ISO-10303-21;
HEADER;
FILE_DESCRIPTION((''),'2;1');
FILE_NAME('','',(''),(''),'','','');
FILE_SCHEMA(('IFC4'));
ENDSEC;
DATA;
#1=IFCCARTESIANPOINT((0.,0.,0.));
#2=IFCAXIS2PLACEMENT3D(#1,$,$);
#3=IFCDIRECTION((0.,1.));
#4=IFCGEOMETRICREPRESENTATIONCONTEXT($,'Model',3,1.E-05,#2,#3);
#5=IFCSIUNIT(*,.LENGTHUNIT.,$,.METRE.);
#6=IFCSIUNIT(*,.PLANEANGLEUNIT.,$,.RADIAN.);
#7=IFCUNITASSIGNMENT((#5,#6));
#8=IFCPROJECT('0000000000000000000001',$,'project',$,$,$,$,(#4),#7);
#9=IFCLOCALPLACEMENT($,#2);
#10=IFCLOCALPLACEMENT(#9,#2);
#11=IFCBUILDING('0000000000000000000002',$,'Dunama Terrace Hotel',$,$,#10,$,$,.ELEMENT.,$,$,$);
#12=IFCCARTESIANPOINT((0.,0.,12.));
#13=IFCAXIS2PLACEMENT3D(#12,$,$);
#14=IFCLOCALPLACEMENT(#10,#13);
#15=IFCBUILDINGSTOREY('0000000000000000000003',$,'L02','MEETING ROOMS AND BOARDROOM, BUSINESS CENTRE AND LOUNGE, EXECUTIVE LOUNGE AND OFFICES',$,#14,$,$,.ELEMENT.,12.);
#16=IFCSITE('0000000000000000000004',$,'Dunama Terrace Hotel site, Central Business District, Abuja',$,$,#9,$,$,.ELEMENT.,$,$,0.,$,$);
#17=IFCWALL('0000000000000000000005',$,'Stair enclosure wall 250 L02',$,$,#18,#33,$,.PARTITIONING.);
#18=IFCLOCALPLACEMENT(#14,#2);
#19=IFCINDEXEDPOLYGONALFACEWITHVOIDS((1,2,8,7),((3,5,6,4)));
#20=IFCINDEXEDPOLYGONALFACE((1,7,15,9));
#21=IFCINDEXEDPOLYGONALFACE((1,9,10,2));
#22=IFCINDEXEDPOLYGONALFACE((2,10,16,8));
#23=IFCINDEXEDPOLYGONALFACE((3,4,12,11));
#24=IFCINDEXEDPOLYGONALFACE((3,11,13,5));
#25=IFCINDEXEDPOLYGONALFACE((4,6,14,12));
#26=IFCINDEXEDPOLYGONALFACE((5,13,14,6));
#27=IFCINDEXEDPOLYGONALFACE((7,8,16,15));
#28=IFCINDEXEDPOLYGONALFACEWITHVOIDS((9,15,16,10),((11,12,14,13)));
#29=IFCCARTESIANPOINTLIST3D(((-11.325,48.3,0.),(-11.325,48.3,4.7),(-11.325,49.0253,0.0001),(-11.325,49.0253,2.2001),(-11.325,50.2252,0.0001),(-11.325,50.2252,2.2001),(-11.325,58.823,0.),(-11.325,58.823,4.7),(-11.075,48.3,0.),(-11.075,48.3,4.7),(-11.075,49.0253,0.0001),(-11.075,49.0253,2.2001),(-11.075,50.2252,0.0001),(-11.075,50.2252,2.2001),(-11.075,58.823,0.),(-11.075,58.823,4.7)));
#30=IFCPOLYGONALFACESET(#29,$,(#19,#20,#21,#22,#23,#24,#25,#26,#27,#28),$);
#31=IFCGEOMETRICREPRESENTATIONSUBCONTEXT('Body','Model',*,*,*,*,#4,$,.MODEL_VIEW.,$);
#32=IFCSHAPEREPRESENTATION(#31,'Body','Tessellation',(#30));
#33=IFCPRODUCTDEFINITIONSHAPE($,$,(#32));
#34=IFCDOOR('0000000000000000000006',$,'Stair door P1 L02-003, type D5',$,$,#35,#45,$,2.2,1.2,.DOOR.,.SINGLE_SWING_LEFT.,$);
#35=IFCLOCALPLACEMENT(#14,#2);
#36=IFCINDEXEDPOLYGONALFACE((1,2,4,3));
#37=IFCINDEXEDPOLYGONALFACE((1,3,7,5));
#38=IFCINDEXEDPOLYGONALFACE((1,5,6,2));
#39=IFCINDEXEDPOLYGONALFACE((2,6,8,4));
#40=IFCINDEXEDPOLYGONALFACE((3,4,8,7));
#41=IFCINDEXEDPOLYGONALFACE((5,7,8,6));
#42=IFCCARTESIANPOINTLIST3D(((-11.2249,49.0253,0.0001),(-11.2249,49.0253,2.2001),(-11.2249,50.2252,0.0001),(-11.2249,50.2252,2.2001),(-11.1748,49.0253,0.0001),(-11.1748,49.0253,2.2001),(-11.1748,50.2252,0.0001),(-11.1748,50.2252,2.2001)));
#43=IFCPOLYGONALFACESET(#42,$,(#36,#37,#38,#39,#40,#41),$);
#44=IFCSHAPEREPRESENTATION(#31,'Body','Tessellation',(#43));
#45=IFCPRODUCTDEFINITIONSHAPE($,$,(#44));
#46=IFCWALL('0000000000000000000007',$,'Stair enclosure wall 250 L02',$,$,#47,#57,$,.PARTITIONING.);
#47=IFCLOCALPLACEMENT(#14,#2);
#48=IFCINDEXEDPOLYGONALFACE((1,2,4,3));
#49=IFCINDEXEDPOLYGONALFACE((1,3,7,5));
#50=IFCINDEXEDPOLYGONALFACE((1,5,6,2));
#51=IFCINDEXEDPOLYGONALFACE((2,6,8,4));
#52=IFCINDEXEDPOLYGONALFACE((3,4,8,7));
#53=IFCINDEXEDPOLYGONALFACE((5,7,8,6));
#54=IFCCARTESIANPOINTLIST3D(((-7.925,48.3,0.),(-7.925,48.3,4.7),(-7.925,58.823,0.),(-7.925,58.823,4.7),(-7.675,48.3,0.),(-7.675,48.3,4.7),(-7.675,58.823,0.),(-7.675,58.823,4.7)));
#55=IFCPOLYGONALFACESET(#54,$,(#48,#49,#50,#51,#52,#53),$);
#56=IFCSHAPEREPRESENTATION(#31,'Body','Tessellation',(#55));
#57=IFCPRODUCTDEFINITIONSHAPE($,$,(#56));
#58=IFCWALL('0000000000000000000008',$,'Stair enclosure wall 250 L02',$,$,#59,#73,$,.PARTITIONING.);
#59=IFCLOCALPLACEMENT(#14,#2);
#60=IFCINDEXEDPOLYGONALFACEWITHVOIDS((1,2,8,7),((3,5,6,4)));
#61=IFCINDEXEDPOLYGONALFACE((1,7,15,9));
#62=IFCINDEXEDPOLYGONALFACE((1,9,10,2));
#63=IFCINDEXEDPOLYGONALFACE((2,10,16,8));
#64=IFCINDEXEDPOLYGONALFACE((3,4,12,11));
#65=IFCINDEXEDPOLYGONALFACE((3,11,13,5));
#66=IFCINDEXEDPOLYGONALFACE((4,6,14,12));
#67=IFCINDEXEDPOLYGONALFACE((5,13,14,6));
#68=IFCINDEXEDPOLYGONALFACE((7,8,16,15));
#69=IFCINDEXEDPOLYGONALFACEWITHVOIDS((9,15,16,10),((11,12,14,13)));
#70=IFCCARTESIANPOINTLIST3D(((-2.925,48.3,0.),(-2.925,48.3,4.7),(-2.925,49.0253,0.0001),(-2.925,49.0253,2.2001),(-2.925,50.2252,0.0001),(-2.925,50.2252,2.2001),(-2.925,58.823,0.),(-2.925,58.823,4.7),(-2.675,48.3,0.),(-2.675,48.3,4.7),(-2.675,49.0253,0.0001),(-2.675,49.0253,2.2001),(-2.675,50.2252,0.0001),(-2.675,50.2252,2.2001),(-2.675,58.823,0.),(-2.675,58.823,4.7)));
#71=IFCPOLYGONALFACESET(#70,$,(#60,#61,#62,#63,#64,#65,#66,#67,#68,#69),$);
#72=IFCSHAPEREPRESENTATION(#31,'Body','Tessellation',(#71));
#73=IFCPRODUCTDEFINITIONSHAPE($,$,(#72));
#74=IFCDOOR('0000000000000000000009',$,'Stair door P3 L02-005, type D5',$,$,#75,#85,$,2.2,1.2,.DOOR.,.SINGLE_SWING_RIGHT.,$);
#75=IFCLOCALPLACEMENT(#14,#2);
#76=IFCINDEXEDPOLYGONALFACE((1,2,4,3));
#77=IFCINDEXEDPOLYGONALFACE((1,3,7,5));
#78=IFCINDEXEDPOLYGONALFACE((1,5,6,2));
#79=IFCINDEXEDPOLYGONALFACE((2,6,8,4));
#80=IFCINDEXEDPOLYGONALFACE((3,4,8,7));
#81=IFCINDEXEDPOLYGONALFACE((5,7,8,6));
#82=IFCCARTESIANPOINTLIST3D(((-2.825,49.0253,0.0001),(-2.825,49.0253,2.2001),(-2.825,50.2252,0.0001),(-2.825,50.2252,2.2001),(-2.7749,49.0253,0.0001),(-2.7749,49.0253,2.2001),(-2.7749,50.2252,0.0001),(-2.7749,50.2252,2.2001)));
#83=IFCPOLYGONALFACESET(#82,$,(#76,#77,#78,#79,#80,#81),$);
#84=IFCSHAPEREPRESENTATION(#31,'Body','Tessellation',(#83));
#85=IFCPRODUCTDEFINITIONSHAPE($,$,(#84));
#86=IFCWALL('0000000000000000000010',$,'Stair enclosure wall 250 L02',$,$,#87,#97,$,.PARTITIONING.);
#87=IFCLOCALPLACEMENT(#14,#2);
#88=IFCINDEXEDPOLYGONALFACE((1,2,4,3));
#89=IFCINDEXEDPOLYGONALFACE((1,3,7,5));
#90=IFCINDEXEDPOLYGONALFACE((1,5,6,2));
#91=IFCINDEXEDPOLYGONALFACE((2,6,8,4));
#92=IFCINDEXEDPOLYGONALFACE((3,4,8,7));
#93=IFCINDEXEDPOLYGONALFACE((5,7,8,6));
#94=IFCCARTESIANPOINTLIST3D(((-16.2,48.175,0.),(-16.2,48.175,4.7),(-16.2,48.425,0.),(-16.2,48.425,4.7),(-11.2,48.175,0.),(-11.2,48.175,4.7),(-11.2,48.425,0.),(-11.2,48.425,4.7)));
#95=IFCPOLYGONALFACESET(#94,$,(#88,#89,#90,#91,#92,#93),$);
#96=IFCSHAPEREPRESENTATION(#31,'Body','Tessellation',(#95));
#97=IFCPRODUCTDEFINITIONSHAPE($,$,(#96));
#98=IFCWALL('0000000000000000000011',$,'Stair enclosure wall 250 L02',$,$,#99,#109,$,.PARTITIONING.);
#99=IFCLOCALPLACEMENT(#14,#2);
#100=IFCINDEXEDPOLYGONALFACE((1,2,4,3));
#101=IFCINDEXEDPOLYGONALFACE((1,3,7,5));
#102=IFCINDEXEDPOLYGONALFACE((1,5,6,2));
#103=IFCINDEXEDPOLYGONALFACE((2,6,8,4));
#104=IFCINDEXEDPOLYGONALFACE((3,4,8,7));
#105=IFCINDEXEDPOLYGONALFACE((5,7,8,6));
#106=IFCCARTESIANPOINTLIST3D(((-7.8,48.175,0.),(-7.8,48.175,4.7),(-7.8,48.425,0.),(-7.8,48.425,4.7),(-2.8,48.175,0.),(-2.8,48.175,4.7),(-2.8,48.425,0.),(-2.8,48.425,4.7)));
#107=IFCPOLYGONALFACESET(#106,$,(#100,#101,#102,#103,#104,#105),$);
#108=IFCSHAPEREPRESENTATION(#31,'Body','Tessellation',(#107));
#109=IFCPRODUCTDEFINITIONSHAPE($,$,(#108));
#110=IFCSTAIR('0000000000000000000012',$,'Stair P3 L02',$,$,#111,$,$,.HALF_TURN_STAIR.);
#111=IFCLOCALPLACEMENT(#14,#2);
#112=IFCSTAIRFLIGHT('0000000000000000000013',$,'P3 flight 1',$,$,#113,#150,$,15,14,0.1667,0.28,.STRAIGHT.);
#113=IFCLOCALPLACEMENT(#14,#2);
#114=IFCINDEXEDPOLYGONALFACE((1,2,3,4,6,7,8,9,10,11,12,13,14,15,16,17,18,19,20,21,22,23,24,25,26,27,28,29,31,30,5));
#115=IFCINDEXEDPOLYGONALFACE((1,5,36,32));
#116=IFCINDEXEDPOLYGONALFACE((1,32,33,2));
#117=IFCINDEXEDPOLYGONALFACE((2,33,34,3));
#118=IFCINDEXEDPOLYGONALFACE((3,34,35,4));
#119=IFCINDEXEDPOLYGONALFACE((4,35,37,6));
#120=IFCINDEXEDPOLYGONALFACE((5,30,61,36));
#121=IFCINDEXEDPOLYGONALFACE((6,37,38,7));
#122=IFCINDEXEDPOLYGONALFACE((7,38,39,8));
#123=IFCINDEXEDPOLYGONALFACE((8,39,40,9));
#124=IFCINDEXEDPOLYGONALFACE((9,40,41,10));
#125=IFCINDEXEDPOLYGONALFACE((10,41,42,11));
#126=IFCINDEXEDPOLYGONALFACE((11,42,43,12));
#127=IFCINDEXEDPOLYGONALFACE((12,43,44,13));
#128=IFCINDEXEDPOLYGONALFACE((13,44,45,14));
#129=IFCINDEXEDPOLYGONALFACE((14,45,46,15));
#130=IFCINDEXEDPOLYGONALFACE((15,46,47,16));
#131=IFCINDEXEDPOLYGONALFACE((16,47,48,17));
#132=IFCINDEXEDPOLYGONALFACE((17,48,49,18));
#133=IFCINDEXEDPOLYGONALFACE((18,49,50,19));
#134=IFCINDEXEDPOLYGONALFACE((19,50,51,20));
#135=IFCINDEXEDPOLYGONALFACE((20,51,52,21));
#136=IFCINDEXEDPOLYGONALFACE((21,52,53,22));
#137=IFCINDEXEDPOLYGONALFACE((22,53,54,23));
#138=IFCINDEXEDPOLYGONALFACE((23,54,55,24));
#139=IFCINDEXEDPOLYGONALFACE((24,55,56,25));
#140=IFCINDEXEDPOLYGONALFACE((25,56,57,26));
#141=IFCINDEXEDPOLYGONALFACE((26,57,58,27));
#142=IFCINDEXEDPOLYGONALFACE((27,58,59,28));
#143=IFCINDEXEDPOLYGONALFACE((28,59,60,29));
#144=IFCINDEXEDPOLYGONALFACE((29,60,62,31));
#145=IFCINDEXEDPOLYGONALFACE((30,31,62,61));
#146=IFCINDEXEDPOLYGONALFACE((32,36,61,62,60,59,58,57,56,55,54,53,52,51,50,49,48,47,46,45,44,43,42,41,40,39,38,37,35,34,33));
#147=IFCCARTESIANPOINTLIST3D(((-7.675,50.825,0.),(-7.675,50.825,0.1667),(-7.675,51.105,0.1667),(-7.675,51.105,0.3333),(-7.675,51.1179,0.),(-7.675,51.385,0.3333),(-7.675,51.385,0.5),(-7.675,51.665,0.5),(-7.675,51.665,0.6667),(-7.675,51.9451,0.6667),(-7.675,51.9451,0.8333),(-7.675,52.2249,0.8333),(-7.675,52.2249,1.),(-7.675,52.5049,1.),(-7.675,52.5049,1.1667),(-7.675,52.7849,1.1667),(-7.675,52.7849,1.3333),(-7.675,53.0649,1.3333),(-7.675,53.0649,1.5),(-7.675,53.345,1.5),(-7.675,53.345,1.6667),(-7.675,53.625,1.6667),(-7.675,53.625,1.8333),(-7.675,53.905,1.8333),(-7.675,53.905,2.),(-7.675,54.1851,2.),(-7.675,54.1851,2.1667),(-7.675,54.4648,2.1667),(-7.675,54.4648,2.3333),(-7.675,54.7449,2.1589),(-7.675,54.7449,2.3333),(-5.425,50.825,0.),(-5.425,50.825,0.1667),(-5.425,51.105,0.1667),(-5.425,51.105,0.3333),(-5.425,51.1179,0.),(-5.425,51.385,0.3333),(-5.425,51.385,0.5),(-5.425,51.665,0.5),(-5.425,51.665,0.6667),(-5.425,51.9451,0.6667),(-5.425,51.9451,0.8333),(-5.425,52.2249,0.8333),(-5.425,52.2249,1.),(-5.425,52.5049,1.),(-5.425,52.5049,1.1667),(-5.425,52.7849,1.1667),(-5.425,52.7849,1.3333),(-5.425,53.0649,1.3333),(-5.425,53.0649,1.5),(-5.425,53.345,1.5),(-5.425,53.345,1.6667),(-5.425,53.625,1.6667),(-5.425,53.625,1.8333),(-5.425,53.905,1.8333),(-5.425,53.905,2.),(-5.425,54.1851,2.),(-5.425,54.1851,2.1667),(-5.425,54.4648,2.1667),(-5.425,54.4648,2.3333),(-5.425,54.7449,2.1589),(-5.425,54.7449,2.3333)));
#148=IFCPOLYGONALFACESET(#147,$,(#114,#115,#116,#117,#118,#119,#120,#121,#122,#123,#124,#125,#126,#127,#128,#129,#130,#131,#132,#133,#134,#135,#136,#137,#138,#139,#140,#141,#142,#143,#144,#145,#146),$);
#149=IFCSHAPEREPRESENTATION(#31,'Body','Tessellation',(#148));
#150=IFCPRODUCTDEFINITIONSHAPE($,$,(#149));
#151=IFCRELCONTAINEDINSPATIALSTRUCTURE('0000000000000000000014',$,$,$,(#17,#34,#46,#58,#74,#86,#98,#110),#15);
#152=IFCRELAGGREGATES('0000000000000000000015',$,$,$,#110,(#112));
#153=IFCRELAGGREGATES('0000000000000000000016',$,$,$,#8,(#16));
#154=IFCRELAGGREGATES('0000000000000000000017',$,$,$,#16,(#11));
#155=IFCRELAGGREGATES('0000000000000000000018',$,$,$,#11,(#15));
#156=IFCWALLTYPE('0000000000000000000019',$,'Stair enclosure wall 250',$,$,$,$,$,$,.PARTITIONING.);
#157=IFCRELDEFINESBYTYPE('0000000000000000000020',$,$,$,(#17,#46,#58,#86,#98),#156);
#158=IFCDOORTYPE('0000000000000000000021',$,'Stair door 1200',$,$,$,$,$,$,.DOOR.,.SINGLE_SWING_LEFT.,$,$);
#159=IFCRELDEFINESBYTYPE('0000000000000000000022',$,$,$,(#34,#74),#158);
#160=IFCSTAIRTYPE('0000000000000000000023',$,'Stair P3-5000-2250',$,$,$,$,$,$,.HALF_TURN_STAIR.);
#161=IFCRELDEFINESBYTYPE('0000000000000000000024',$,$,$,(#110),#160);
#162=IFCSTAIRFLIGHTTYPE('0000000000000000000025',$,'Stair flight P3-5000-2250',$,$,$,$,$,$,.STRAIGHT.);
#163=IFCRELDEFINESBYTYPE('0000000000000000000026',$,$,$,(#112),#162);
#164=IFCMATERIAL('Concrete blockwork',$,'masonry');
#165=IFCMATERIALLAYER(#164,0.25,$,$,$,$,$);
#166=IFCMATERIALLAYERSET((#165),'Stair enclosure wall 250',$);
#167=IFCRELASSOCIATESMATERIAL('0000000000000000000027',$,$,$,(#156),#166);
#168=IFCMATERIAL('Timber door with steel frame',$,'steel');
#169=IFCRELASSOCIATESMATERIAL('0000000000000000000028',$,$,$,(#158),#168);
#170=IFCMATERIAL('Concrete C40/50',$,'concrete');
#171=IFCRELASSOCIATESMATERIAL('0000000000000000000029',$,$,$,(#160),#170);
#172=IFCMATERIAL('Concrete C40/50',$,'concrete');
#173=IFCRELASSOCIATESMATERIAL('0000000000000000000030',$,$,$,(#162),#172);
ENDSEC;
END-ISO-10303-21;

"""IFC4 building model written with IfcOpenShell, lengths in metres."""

from ifc_helpers import new_model, si_unit, direction, frame, frame_2d, origin, place, context, subcontext, project, spatial, polyline, rectangle, outline, extrude, material, layer, layer_set, type_object, element, fill, aggregate, save


model = new_model("IFC4")

# Units and contexts
model_context = context("Model", 3, precision=1e-05, world=origin(), true_north=direction((0.0, 1.0)))
body_context = subcontext(model_context, "Body", "Model", "MODEL_VIEW")
ifc_project = project(units=[si_unit("LENGTHUNIT", "METRE"), si_unit("PLANEANGLEUNIT", "RADIAN")], contexts=[model_context])

# Site, building, storey
site_placement = place(None, origin())
site = spatial("IfcSite", under=ifc_project, at=site_placement, Name="Dunama Terrace Hotel site, Central Business District, Abuja", CompositionType="ELEMENT", RefElevation=0.0)
building_placement = place(site_placement, origin())
building = spatial("IfcBuilding", under=site, at=building_placement, Name="Dunama Terrace Hotel", CompositionType="ELEMENT")
storey_placement = place(building_placement, frame((0.0, 0.0, 12.0)))
storey = spatial("IfcBuildingStorey", under=building, at=storey_placement, Name="L02", Description="MEETING ROOMS AND BOARDROOM, BUSINESS CENTRE AND LOUNGE, EXECUTIVE LOUNGE AND OFFICES", CompositionType="ELEMENT", Elevation=12.0)

# Shared definitions
ifc_material_1 = material(Name="Concrete blockwork", Category="masonry")
ifc_layer_1 = layer(ifc_material_1, 0.25)
ifc_layer_set_1 = layer_set([ifc_layer_1], Name="Stair enclosure wall 250")
wall_type_1 = type_object("IfcWallType", Name="Stair enclosure wall 250", PredefinedType="PARTITIONING", material=ifc_layer_set_1)

# Wall, opening, door
wall_1_placement = place(storey_placement, frame((-11.2, 48.3, 0.0), z_axis=(0.0, 0.0, 1.0), x_axis=(0.0, 1.0, 0.0)))
wall_1 = element("IfcWall", 1, at=wall_1_placement, inside=storey, type_object=wall_type_1, Name="Stair enclosure wall 250 L02", PredefinedType="PARTITIONING", context=body_context, shape_type="SweptSolid", body=[
    extrude(rectangle(XDim=10.5229, YDim=0.25, at=frame_2d((5.2615, 0.0))), origin(), (0.0, 0.0, 1.0), 4.7),
])
opening_1_placement = place(wall_1_placement, frame((0.7251, 0.0, 0.0)))
opening_1 = element("IfcOpeningElement", 2, at=opening_1_placement, cuts=wall_1, PredefinedType="OPENING", context=body_context, shape_type="SweptSolid", body=[
    extrude(rectangle(XDim=1.2, YDim=2.2, at=frame_2d((0.6001, 1.1001))), frame((0.0, 0.135, 0.0), z_axis=(0.0, -1.0, 0.0), x_axis=(1.0, 0.0, 0.0)), (0.0, 0.0, 1.0), 0.27),
])
ifc_material_2 = material(Name="Timber door with steel frame", Category="steel")
door_type_1 = type_object("IfcDoorType", Name="Stair door 1200", OperationType="SINGLE_SWING_LEFT", PredefinedType="DOOR", material=ifc_material_2)
door_1_placement = place(opening_1_placement, origin())
door_1 = element("IfcDoor", 3, at=door_1_placement, inside=storey, type_object=door_type_1, Name="Stair door P1 L02-003, type D5", OperationType="SINGLE_SWING_LEFT", OverallHeight=2.2, OverallWidth=1.2, PredefinedType="DOOR", context=body_context, shape_type="SweptSolid", body=[
    extrude(rectangle(XDim=1.2, YDim=2.2, at=frame_2d((0.6001, 1.1001))), frame((0.0, 0.0249, 0.0), z_axis=(0.0, -1.0, 0.0), x_axis=(1.0, 0.0, 0.0)), (0.0, 0.0, 1.0), 0.05),
])
fill(opening_1, door_1)

# Wall
wall_2_placement = place(storey_placement, frame((-7.8, 48.3, 0.0), z_axis=(0.0, 0.0, 1.0), x_axis=(0.0, 1.0, 0.0)))
element("IfcWall", 4, at=wall_2_placement, inside=storey, type_object=wall_type_1, Name="Stair enclosure wall 250 L02", PredefinedType="PARTITIONING", context=body_context, shape_type="SweptSolid", body=[
    extrude(rectangle(XDim=10.5229, YDim=0.25, at=frame_2d((5.2615, 0.0))), origin(), (0.0, 0.0, 1.0), 4.7),
])

# Wall, opening, door
wall_3_placement = place(storey_placement, frame((-2.8, 48.3, 0.0), z_axis=(0.0, 0.0, 1.0), x_axis=(0.0, 1.0, 0.0)))
wall_3 = element("IfcWall", 5, at=wall_3_placement, inside=storey, type_object=wall_type_1, Name="Stair enclosure wall 250 L02", PredefinedType="PARTITIONING", context=body_context, shape_type="SweptSolid", body=[
    extrude(rectangle(XDim=10.5229, YDim=0.25, at=frame_2d((5.2615, 0.0))), origin(), (0.0, 0.0, 1.0), 4.7),
])
opening_2_placement = place(wall_3_placement, frame((0.7251, 0.0, 0.0)))
opening_2 = element("IfcOpeningElement", 6, at=opening_2_placement, cuts=wall_3, PredefinedType="OPENING", context=body_context, shape_type="SweptSolid", body=[
    extrude(rectangle(XDim=1.2, YDim=2.2, at=frame_2d((0.6001, 1.1001))), frame((0.0, 0.135, 0.0), z_axis=(0.0, -1.0, 0.0), x_axis=(1.0, 0.0, 0.0)), (0.0, 0.0, 1.0), 0.27),
])
door_2_placement = place(opening_2_placement, origin())
door_2 = element("IfcDoor", 7, at=door_2_placement, inside=storey, type_object=door_type_1, Name="Stair door P3 L02-005, type D5", OperationType="SINGLE_SWING_RIGHT", OverallHeight=2.2, OverallWidth=1.2, PredefinedType="DOOR", context=body_context, shape_type="SweptSolid", body=[
    extrude(rectangle(XDim=1.2, YDim=2.2, at=frame_2d((0.6001, 1.1001))), frame((0.0, 0.0249, 0.0), z_axis=(0.0, -1.0, 0.0), x_axis=(1.0, 0.0, 0.0)), (0.0, 0.0, 1.0), 0.05),
])
fill(opening_2, door_2)

# Walls
for number, where, z_axis, x_axis, name in (
    (8, (-16.2, 48.3, 0.0), (0.0, 0.0, 1.0), (1.0, 0.0, 0.0), "Stair enclosure wall 250 L02"),
    (9, (-7.8, 48.3, 0.0), (0.0, 0.0, 1.0), (1.0, 0.0, 0.0), "Stair enclosure wall 250 L02"),
):
    element("IfcWall", number, at=place(storey_placement, frame(where, z_axis=z_axis, x_axis=x_axis)), inside=storey, type_object=wall_type_1, Name=name, PredefinedType="PARTITIONING", context=body_context, shape_type="SweptSolid", body=[
        extrude(rectangle(XDim=5.0, YDim=0.25, at=frame_2d((2.5, 0.0))), origin(), (0.0, 0.0, 1.0), 4.7),
    ])

# Stair, stair flight
ifc_material_3 = material(Name="Concrete C40/50", Category="concrete")
stair_type = type_object("IfcStairType", Name="Stair P3-5000-2250", PredefinedType="HALF_TURN_STAIR", material=ifc_material_3)
stair_placement = place(storey_placement, origin())
stair = element("IfcStair", 10, at=stair_placement, inside=storey, type_object=stair_type, Name="Stair P3 L02", PredefinedType="HALF_TURN_STAIR")
ifc_material_4 = material(Name="Concrete C40/50", Category="concrete")
stair_flight_type = type_object("IfcStairFlightType", Name="Stair flight P3-5000-2250", PredefinedType="STRAIGHT", material=ifc_material_4)
stair_flight_1_placement = place(storey_placement, frame((-6.55, 50.825, 0.0), z_axis=(0.0, 0.0, 1.0), x_axis=(0.0, 1.0, 0.0)))
stair_flight_1 = element("IfcStairFlight", 11, at=stair_flight_1_placement, type_object=stair_flight_type, Name="P3 flight 1", NumberOfRisers=15, NumberOfTreads=14, PredefinedType="STRAIGHT", RiserHeight=0.1667, TreadLength=0.28, context=body_context, shape_type="SweptSolid", body=[
    extrude(outline(polyline([(0.0, 0.0), (0.0, 0.1667), (0.28, 0.1667), (0.28, 0.3333), (0.5601, 0.3333), (0.5601, 0.5), (0.8401, 0.5), (0.8401, 0.6667), (1.1201, 0.6667), (1.1201, 0.8333), (1.3999, 0.8333), (1.3999, 1.0), (1.6799, 1.0), (1.6799, 1.1667), (1.96, 1.1667), (1.96, 1.3333), (2.24, 1.3333), (2.24, 1.5), (2.52, 1.5), (2.52, 1.6667), (2.8, 1.6667), (2.8, 1.8333), (3.0801, 1.8333), (3.0801, 2.0), (3.3601, 2.0), (3.3601, 2.1667), (3.6399, 2.1667), (3.6399, 2.3333), (3.9199, 2.3333), (3.9199, 2.5), (3.9199, 2.1589), (0.293, 0.0), (0.0, 0.0)])), frame((0.0, 1.125, 0.0), z_axis=(0.0, -1.0, 0.0), x_axis=(1.0, 0.0, 0.0)), (0.0, 0.0, 1.0), 2.25),
])
aggregate(stair, [stair_flight_1])

save(model, "model.ifc")
